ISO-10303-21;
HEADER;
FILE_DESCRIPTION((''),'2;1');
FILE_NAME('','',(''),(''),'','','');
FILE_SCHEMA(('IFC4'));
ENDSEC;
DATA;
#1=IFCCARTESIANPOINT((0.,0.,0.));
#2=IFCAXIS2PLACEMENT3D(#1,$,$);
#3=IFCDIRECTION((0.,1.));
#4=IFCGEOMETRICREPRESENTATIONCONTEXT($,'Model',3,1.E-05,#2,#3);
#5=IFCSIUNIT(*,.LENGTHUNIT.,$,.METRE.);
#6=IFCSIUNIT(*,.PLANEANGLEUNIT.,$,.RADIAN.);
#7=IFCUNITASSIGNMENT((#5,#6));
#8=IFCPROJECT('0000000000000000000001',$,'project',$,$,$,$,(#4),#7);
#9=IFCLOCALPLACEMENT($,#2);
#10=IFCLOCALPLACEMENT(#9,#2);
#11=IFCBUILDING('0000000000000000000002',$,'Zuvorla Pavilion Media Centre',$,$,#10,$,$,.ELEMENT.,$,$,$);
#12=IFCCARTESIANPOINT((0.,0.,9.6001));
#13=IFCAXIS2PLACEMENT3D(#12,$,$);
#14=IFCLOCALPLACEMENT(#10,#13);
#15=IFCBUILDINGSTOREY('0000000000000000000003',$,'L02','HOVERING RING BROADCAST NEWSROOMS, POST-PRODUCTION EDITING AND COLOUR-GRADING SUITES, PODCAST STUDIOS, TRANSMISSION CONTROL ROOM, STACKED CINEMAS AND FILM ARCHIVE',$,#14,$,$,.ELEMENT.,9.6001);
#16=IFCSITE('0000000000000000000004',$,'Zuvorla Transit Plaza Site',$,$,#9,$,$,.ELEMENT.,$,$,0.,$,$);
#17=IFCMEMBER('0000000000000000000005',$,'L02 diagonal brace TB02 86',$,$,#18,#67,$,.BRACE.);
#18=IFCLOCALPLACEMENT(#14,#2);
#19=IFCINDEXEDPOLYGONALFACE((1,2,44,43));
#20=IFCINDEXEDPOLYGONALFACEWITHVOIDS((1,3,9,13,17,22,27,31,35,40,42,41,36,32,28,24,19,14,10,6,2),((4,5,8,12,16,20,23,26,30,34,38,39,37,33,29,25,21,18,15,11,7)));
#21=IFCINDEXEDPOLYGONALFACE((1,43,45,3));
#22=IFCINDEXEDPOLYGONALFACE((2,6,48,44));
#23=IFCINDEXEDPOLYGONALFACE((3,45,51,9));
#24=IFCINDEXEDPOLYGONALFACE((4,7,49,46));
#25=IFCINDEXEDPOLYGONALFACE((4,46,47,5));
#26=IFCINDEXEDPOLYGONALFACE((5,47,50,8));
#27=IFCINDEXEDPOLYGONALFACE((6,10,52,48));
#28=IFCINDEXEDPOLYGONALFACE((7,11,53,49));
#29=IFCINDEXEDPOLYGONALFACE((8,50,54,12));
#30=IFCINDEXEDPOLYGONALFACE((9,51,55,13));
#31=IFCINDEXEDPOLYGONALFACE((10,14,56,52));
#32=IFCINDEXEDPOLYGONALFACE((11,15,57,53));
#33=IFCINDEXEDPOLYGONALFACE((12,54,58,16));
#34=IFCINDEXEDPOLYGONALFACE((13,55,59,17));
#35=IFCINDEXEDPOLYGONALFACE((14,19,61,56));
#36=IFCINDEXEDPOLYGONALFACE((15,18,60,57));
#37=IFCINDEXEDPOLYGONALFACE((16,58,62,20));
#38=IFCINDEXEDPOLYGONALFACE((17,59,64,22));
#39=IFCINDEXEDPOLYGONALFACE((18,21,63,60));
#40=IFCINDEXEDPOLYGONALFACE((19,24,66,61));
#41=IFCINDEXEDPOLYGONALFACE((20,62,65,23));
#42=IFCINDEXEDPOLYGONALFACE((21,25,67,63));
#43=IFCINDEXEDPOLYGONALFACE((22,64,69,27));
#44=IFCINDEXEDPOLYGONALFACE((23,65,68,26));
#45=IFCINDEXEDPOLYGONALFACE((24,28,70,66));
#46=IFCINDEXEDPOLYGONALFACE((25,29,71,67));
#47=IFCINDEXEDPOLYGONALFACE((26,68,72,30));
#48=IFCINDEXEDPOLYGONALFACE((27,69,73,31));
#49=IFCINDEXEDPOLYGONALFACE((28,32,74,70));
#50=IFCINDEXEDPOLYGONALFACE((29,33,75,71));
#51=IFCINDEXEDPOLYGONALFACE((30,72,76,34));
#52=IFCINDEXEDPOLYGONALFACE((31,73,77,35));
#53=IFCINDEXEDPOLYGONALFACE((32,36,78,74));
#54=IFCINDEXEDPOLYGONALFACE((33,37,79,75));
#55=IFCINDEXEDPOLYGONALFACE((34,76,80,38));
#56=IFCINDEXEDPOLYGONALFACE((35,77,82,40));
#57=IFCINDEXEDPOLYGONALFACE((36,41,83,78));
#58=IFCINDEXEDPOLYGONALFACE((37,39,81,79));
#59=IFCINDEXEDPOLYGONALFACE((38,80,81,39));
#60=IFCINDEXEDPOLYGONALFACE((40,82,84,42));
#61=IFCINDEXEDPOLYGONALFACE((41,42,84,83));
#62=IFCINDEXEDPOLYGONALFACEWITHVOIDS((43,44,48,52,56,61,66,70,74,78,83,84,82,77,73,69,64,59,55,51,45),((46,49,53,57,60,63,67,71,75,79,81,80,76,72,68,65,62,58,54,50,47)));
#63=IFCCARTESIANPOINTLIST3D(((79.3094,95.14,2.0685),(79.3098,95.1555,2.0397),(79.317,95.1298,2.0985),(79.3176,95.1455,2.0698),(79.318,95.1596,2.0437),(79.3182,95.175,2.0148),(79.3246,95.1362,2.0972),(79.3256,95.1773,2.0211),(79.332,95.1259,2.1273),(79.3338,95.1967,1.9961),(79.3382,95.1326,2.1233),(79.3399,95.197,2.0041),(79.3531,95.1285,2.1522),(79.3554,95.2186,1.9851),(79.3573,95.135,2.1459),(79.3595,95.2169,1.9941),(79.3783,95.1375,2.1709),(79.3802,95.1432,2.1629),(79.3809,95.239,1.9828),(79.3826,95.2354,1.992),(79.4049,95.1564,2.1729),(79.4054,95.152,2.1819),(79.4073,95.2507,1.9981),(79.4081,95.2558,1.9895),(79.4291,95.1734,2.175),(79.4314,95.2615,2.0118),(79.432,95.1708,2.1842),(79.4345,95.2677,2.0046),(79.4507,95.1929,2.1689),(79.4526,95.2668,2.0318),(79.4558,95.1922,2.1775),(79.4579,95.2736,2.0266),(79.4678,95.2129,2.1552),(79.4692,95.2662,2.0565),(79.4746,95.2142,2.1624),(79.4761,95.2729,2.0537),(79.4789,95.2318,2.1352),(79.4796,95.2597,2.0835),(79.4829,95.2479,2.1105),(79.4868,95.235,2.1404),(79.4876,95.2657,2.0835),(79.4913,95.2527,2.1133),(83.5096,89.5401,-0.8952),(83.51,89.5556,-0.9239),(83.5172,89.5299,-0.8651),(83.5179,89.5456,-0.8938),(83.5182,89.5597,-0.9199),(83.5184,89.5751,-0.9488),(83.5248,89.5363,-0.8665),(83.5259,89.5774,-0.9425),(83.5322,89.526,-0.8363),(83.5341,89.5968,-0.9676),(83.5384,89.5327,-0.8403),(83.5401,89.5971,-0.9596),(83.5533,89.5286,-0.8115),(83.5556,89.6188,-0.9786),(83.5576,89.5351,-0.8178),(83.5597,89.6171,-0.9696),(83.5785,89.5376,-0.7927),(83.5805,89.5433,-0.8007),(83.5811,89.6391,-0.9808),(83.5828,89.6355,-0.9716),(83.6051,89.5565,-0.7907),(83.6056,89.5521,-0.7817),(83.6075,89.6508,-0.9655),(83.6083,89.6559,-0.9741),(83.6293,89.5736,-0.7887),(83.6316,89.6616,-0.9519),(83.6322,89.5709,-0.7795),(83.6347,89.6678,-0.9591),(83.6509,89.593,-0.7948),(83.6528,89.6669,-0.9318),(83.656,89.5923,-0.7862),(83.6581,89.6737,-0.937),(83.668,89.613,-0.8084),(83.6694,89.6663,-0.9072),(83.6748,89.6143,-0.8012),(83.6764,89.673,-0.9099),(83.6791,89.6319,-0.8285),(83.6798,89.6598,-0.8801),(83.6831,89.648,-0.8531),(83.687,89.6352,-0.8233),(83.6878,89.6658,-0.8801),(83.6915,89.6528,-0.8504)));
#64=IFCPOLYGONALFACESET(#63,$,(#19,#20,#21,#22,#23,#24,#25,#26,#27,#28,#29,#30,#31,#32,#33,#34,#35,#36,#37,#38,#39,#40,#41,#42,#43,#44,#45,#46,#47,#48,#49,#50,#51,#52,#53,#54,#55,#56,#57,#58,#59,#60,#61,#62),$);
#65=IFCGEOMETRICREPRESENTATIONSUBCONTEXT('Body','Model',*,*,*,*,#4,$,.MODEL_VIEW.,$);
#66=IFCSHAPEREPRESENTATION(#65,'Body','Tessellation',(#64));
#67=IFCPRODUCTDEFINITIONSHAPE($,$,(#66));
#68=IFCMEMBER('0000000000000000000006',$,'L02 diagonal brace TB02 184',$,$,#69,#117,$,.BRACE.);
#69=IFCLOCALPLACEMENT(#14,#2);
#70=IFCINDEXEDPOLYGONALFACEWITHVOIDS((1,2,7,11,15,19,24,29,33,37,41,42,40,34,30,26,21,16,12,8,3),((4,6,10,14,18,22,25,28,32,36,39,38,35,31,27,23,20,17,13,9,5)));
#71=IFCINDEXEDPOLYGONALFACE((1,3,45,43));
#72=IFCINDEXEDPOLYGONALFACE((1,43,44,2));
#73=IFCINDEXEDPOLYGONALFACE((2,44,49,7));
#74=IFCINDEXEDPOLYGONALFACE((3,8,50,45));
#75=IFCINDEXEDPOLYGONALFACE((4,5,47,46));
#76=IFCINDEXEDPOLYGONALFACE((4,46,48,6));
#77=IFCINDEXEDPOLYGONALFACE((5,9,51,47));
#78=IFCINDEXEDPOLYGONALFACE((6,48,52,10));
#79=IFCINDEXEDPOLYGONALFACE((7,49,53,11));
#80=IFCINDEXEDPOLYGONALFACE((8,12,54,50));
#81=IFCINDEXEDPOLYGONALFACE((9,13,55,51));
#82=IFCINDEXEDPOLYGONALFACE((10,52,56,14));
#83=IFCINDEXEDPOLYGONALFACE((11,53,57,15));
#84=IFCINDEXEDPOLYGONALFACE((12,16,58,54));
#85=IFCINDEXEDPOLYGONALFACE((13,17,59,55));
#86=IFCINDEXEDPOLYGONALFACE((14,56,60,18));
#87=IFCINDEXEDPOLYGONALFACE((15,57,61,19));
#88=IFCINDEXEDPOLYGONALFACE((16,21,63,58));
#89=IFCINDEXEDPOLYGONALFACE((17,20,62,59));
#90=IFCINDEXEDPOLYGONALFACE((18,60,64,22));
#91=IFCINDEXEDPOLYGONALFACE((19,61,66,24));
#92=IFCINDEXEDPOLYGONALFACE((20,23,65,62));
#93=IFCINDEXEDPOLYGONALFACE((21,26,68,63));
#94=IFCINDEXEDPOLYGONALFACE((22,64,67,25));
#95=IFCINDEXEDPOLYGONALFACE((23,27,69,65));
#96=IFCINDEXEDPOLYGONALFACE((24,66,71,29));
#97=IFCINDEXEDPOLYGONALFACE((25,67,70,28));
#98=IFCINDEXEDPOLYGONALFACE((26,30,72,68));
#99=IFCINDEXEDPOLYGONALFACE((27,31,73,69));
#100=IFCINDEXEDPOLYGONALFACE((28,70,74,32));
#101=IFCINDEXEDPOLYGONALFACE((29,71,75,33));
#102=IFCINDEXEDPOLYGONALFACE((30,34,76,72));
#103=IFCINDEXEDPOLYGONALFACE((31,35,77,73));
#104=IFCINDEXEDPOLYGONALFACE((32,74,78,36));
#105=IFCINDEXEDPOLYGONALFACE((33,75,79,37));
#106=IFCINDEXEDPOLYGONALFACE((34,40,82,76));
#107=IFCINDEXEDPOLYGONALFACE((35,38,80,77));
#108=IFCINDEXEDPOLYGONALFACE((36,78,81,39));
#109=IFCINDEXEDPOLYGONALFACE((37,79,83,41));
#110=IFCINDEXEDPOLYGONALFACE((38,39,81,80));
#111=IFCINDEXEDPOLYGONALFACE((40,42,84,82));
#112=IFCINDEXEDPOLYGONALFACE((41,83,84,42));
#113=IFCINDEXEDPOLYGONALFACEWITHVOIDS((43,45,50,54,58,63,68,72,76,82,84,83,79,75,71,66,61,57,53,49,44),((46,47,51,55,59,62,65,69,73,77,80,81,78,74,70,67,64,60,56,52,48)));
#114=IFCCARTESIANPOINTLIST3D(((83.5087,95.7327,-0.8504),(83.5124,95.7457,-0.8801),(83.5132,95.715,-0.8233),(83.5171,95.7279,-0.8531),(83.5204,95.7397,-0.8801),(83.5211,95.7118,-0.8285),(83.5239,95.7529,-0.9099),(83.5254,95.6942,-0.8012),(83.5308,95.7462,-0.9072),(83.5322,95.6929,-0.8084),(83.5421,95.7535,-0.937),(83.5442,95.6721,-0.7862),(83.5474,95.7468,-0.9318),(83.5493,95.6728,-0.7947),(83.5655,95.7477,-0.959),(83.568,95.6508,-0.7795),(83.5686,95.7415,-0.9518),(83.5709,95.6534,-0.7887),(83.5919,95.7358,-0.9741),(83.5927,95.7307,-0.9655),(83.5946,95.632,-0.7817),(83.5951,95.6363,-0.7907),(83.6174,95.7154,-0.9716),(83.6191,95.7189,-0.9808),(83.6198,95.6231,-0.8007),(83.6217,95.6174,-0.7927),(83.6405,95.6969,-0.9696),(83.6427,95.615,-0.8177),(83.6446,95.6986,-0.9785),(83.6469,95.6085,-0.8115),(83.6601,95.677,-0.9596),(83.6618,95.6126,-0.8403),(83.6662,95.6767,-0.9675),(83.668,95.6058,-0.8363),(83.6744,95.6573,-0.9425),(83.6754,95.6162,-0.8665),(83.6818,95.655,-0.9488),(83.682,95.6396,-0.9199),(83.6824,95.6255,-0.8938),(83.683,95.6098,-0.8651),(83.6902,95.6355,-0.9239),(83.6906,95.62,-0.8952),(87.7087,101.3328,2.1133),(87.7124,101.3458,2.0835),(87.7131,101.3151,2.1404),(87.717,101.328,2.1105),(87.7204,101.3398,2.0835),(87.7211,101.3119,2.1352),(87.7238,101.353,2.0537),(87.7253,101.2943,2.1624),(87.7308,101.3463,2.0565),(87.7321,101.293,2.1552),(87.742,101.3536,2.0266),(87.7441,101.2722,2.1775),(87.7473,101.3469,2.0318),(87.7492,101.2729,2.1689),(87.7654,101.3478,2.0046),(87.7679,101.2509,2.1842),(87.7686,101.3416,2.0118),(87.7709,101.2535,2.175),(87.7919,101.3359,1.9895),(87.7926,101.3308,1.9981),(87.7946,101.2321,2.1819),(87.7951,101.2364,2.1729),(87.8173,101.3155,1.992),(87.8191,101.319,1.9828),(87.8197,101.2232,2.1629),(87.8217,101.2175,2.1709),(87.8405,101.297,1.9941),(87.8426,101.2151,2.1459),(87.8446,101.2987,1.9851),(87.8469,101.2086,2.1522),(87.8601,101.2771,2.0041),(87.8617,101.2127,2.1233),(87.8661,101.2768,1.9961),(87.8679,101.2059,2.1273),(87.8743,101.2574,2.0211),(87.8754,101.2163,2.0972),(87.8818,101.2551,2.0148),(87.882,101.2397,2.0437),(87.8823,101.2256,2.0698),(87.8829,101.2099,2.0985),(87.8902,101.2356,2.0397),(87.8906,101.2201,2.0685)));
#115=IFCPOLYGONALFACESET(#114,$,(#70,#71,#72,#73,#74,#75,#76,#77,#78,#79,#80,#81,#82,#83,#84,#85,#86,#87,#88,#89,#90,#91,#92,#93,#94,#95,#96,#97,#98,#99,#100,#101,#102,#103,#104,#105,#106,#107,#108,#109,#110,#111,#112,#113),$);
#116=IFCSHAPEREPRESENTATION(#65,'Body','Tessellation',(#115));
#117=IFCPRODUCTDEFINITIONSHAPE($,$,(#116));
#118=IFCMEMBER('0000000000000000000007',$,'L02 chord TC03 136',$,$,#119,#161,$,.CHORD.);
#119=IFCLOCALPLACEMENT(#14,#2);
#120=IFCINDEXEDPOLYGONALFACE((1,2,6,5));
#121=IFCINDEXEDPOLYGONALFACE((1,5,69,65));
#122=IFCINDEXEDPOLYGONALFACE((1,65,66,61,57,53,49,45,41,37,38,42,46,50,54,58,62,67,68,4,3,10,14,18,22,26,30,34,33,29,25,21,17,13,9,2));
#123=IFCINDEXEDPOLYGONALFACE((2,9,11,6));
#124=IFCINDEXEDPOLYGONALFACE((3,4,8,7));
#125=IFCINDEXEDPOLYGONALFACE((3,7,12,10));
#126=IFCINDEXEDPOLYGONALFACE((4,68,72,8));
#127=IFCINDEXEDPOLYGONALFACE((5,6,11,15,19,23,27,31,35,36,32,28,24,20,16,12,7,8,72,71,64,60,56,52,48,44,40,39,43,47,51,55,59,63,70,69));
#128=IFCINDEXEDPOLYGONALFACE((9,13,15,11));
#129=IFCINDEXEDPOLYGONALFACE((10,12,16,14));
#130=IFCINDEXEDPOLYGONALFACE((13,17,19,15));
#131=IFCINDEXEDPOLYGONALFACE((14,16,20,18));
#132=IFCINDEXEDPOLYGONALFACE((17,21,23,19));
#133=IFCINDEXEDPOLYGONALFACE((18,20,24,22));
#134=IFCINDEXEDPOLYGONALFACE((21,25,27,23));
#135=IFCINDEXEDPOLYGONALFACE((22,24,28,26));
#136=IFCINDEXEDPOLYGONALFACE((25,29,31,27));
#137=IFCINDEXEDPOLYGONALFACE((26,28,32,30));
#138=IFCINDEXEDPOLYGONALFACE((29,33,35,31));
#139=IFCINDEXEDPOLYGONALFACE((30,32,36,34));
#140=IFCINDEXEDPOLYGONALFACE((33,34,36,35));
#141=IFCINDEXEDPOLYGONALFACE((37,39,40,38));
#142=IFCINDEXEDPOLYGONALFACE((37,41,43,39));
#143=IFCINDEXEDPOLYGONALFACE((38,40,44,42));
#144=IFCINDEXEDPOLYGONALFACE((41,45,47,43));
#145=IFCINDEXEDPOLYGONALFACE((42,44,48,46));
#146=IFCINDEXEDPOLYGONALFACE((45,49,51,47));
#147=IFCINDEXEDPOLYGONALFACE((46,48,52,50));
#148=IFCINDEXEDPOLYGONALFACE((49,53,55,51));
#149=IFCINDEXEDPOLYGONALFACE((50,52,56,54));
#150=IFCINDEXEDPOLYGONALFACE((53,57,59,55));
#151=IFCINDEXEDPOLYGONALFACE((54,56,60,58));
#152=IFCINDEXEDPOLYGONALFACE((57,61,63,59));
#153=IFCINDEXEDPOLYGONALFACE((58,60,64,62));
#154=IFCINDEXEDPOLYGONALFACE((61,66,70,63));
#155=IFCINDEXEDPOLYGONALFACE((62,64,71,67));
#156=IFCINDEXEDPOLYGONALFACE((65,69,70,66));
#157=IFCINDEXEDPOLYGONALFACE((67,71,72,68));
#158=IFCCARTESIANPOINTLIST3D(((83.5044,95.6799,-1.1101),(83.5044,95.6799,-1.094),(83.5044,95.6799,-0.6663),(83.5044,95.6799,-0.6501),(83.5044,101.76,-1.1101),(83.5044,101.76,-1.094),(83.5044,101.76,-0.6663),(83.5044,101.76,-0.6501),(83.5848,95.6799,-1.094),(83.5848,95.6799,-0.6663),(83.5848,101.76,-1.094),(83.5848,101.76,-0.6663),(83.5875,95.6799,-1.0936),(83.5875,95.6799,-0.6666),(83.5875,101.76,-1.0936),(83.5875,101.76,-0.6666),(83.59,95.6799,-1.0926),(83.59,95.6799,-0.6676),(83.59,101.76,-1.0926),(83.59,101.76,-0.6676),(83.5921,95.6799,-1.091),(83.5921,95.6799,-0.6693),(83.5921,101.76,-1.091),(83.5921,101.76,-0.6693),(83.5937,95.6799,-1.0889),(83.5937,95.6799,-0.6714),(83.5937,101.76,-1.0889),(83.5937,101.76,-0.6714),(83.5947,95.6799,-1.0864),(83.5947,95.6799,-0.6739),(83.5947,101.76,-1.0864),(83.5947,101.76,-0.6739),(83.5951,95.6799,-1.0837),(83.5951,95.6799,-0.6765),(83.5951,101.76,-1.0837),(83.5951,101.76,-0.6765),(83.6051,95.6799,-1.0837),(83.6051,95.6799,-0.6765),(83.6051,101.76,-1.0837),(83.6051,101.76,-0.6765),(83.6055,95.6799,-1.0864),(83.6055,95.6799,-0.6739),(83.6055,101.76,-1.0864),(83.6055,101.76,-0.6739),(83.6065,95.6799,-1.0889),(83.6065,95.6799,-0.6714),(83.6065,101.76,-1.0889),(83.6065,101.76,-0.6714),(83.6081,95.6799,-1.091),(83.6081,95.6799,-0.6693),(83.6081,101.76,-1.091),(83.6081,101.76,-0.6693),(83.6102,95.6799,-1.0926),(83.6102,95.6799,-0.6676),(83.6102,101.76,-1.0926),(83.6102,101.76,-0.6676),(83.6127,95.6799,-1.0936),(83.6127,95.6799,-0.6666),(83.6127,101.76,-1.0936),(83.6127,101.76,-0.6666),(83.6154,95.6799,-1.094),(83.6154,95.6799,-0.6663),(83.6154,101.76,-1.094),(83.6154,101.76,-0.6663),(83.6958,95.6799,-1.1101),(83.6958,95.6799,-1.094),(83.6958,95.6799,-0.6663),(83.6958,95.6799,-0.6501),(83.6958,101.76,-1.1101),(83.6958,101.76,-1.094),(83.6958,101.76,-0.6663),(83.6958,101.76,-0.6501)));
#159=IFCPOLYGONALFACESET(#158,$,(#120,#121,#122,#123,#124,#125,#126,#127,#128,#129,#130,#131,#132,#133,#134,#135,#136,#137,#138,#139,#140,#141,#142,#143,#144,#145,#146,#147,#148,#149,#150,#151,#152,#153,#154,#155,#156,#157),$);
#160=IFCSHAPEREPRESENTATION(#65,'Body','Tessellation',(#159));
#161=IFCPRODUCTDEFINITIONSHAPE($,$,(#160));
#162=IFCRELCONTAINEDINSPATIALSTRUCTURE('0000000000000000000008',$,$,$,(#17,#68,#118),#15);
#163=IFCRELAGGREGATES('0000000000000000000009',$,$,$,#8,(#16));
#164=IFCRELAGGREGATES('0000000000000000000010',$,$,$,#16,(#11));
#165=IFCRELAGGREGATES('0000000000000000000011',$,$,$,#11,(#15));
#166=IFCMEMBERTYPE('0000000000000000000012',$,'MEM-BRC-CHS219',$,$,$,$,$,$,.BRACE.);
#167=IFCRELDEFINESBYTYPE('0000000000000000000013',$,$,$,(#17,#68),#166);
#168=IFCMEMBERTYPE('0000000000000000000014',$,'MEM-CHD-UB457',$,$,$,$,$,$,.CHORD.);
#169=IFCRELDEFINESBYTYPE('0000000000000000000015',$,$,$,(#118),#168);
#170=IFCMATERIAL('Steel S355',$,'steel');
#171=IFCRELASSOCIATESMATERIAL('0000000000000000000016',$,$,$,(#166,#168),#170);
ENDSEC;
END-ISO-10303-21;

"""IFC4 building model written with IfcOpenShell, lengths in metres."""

from ifc_helpers import new_model, si_unit, direction, frame, origin, origin_2d, place, context, subcontext, project, spatial, hollow_circle, i_section, extrude, material, material_profile, profile_set, type_object, element, save


model = new_model("IFC4")

# Units and contexts
model_context = context("Model", 3, precision=1e-05, world=origin(), true_north=direction((0.0, 1.0)))
body_context = subcontext(model_context, "Body", "Model", "MODEL_VIEW")
ifc_project = project(units=[si_unit("LENGTHUNIT", "METRE"), si_unit("PLANEANGLEUNIT", "RADIAN")], contexts=[model_context])

# Site, building, storey
site_placement = place(None, origin())
site = spatial("IfcSite", under=ifc_project, at=site_placement, Name="Zuvorla Transit Plaza Site", CompositionType="ELEMENT", RefElevation=0.0)
building_placement = place(site_placement, origin())
building = spatial("IfcBuilding", under=site, at=building_placement, Name="Zuvorla Pavilion Media Centre", CompositionType="ELEMENT")
storey_placement = place(building_placement, frame((0.0, 0.0, 9.6001)))
storey = spatial("IfcBuildingStorey", under=building, at=storey_placement, Name="L02", Description="HOVERING RING BROADCAST NEWSROOMS, POST-PRODUCTION EDITING AND COLOUR-GRADING SUITES, PODCAST STUDIOS, TRANSMISSION CONTROL ROOM, STACKED CINEMAS AND FILM ARCHIVE", CompositionType="ELEMENT", Elevation=9.6001)

# Members
ifc_material_1 = material(Name="Steel S355", Category="steel")
ifc_material_profile_1 = material_profile(ifc_material_1, hollow_circle(Radius=0.1096, WallThickness=0.01, at=origin_2d()), Name="CHS 219.1x10")
ifc_profile_set_1 = profile_set([ifc_material_profile_1], Name="Steel S355")
member_type_1 = type_object("IfcMemberType", Name="MEM-BRC-CHS219", PredefinedType="BRACE", material=ifc_profile_set_1)
for number, where, z_axis, x_axis, name in (
    (1, (79.3999, 95.2, 2.0835), (0.552547, -0.736676, -0.389873), (0.799979, 0.600028, 0.0), "L02 diagonal brace TB02 86"),
    (2, (83.6001, 95.6799, -0.8801), (0.552512, 0.736704, 0.38987), (-0.800008, 0.599989, 0.0), "L02 diagonal brace TB02 184"),
):
    element("IfcMember", number, at=place(storey_placement, frame(where, z_axis=z_axis, x_axis=x_axis)), inside=storey, type_object=member_type_1, Name=name, PredefinedType="BRACE", context=body_context, shape_type="SweptSolid", body=[
        extrude(hollow_circle(Radius=0.1096, WallThickness=0.01, at=origin_2d()), origin(), (0.0, 0.0, 1.0), 7.6016),
    ])
ifc_material_profile_2 = material_profile(ifc_material_1, i_section(OverallWidth=0.1914, OverallDepth=0.46, WebThickness=0.01, FlangeThickness=0.0161, FilletRadius=0.0103, at=origin_2d()), Name="UB 457x191x82")
ifc_profile_set_2 = profile_set([ifc_material_profile_2], Name="Steel S355")
member_type_2 = type_object("IfcMemberType", Name="MEM-CHD-UB457", PredefinedType="CHORD", material=ifc_profile_set_2)
member_1_placement = place(storey_placement, frame((83.6001, 95.6799, -0.8801), z_axis=(0.0, 1.0, 0.0), x_axis=(-1.0, 0.0, 0.0)))
element("IfcMember", 3, at=member_1_placement, inside=storey, type_object=member_type_2, Name="L02 chord TC03 136", PredefinedType="CHORD", context=body_context, shape_type="SweptSolid", body=[
    extrude(i_section(OverallWidth=0.1914, OverallDepth=0.46, WebThickness=0.01, FlangeThickness=0.0161, FilletRadius=0.0103, at=origin_2d()), origin(), (0.0, 0.0, 1.0), 6.0801),
])

save(model, "model.ifc")
